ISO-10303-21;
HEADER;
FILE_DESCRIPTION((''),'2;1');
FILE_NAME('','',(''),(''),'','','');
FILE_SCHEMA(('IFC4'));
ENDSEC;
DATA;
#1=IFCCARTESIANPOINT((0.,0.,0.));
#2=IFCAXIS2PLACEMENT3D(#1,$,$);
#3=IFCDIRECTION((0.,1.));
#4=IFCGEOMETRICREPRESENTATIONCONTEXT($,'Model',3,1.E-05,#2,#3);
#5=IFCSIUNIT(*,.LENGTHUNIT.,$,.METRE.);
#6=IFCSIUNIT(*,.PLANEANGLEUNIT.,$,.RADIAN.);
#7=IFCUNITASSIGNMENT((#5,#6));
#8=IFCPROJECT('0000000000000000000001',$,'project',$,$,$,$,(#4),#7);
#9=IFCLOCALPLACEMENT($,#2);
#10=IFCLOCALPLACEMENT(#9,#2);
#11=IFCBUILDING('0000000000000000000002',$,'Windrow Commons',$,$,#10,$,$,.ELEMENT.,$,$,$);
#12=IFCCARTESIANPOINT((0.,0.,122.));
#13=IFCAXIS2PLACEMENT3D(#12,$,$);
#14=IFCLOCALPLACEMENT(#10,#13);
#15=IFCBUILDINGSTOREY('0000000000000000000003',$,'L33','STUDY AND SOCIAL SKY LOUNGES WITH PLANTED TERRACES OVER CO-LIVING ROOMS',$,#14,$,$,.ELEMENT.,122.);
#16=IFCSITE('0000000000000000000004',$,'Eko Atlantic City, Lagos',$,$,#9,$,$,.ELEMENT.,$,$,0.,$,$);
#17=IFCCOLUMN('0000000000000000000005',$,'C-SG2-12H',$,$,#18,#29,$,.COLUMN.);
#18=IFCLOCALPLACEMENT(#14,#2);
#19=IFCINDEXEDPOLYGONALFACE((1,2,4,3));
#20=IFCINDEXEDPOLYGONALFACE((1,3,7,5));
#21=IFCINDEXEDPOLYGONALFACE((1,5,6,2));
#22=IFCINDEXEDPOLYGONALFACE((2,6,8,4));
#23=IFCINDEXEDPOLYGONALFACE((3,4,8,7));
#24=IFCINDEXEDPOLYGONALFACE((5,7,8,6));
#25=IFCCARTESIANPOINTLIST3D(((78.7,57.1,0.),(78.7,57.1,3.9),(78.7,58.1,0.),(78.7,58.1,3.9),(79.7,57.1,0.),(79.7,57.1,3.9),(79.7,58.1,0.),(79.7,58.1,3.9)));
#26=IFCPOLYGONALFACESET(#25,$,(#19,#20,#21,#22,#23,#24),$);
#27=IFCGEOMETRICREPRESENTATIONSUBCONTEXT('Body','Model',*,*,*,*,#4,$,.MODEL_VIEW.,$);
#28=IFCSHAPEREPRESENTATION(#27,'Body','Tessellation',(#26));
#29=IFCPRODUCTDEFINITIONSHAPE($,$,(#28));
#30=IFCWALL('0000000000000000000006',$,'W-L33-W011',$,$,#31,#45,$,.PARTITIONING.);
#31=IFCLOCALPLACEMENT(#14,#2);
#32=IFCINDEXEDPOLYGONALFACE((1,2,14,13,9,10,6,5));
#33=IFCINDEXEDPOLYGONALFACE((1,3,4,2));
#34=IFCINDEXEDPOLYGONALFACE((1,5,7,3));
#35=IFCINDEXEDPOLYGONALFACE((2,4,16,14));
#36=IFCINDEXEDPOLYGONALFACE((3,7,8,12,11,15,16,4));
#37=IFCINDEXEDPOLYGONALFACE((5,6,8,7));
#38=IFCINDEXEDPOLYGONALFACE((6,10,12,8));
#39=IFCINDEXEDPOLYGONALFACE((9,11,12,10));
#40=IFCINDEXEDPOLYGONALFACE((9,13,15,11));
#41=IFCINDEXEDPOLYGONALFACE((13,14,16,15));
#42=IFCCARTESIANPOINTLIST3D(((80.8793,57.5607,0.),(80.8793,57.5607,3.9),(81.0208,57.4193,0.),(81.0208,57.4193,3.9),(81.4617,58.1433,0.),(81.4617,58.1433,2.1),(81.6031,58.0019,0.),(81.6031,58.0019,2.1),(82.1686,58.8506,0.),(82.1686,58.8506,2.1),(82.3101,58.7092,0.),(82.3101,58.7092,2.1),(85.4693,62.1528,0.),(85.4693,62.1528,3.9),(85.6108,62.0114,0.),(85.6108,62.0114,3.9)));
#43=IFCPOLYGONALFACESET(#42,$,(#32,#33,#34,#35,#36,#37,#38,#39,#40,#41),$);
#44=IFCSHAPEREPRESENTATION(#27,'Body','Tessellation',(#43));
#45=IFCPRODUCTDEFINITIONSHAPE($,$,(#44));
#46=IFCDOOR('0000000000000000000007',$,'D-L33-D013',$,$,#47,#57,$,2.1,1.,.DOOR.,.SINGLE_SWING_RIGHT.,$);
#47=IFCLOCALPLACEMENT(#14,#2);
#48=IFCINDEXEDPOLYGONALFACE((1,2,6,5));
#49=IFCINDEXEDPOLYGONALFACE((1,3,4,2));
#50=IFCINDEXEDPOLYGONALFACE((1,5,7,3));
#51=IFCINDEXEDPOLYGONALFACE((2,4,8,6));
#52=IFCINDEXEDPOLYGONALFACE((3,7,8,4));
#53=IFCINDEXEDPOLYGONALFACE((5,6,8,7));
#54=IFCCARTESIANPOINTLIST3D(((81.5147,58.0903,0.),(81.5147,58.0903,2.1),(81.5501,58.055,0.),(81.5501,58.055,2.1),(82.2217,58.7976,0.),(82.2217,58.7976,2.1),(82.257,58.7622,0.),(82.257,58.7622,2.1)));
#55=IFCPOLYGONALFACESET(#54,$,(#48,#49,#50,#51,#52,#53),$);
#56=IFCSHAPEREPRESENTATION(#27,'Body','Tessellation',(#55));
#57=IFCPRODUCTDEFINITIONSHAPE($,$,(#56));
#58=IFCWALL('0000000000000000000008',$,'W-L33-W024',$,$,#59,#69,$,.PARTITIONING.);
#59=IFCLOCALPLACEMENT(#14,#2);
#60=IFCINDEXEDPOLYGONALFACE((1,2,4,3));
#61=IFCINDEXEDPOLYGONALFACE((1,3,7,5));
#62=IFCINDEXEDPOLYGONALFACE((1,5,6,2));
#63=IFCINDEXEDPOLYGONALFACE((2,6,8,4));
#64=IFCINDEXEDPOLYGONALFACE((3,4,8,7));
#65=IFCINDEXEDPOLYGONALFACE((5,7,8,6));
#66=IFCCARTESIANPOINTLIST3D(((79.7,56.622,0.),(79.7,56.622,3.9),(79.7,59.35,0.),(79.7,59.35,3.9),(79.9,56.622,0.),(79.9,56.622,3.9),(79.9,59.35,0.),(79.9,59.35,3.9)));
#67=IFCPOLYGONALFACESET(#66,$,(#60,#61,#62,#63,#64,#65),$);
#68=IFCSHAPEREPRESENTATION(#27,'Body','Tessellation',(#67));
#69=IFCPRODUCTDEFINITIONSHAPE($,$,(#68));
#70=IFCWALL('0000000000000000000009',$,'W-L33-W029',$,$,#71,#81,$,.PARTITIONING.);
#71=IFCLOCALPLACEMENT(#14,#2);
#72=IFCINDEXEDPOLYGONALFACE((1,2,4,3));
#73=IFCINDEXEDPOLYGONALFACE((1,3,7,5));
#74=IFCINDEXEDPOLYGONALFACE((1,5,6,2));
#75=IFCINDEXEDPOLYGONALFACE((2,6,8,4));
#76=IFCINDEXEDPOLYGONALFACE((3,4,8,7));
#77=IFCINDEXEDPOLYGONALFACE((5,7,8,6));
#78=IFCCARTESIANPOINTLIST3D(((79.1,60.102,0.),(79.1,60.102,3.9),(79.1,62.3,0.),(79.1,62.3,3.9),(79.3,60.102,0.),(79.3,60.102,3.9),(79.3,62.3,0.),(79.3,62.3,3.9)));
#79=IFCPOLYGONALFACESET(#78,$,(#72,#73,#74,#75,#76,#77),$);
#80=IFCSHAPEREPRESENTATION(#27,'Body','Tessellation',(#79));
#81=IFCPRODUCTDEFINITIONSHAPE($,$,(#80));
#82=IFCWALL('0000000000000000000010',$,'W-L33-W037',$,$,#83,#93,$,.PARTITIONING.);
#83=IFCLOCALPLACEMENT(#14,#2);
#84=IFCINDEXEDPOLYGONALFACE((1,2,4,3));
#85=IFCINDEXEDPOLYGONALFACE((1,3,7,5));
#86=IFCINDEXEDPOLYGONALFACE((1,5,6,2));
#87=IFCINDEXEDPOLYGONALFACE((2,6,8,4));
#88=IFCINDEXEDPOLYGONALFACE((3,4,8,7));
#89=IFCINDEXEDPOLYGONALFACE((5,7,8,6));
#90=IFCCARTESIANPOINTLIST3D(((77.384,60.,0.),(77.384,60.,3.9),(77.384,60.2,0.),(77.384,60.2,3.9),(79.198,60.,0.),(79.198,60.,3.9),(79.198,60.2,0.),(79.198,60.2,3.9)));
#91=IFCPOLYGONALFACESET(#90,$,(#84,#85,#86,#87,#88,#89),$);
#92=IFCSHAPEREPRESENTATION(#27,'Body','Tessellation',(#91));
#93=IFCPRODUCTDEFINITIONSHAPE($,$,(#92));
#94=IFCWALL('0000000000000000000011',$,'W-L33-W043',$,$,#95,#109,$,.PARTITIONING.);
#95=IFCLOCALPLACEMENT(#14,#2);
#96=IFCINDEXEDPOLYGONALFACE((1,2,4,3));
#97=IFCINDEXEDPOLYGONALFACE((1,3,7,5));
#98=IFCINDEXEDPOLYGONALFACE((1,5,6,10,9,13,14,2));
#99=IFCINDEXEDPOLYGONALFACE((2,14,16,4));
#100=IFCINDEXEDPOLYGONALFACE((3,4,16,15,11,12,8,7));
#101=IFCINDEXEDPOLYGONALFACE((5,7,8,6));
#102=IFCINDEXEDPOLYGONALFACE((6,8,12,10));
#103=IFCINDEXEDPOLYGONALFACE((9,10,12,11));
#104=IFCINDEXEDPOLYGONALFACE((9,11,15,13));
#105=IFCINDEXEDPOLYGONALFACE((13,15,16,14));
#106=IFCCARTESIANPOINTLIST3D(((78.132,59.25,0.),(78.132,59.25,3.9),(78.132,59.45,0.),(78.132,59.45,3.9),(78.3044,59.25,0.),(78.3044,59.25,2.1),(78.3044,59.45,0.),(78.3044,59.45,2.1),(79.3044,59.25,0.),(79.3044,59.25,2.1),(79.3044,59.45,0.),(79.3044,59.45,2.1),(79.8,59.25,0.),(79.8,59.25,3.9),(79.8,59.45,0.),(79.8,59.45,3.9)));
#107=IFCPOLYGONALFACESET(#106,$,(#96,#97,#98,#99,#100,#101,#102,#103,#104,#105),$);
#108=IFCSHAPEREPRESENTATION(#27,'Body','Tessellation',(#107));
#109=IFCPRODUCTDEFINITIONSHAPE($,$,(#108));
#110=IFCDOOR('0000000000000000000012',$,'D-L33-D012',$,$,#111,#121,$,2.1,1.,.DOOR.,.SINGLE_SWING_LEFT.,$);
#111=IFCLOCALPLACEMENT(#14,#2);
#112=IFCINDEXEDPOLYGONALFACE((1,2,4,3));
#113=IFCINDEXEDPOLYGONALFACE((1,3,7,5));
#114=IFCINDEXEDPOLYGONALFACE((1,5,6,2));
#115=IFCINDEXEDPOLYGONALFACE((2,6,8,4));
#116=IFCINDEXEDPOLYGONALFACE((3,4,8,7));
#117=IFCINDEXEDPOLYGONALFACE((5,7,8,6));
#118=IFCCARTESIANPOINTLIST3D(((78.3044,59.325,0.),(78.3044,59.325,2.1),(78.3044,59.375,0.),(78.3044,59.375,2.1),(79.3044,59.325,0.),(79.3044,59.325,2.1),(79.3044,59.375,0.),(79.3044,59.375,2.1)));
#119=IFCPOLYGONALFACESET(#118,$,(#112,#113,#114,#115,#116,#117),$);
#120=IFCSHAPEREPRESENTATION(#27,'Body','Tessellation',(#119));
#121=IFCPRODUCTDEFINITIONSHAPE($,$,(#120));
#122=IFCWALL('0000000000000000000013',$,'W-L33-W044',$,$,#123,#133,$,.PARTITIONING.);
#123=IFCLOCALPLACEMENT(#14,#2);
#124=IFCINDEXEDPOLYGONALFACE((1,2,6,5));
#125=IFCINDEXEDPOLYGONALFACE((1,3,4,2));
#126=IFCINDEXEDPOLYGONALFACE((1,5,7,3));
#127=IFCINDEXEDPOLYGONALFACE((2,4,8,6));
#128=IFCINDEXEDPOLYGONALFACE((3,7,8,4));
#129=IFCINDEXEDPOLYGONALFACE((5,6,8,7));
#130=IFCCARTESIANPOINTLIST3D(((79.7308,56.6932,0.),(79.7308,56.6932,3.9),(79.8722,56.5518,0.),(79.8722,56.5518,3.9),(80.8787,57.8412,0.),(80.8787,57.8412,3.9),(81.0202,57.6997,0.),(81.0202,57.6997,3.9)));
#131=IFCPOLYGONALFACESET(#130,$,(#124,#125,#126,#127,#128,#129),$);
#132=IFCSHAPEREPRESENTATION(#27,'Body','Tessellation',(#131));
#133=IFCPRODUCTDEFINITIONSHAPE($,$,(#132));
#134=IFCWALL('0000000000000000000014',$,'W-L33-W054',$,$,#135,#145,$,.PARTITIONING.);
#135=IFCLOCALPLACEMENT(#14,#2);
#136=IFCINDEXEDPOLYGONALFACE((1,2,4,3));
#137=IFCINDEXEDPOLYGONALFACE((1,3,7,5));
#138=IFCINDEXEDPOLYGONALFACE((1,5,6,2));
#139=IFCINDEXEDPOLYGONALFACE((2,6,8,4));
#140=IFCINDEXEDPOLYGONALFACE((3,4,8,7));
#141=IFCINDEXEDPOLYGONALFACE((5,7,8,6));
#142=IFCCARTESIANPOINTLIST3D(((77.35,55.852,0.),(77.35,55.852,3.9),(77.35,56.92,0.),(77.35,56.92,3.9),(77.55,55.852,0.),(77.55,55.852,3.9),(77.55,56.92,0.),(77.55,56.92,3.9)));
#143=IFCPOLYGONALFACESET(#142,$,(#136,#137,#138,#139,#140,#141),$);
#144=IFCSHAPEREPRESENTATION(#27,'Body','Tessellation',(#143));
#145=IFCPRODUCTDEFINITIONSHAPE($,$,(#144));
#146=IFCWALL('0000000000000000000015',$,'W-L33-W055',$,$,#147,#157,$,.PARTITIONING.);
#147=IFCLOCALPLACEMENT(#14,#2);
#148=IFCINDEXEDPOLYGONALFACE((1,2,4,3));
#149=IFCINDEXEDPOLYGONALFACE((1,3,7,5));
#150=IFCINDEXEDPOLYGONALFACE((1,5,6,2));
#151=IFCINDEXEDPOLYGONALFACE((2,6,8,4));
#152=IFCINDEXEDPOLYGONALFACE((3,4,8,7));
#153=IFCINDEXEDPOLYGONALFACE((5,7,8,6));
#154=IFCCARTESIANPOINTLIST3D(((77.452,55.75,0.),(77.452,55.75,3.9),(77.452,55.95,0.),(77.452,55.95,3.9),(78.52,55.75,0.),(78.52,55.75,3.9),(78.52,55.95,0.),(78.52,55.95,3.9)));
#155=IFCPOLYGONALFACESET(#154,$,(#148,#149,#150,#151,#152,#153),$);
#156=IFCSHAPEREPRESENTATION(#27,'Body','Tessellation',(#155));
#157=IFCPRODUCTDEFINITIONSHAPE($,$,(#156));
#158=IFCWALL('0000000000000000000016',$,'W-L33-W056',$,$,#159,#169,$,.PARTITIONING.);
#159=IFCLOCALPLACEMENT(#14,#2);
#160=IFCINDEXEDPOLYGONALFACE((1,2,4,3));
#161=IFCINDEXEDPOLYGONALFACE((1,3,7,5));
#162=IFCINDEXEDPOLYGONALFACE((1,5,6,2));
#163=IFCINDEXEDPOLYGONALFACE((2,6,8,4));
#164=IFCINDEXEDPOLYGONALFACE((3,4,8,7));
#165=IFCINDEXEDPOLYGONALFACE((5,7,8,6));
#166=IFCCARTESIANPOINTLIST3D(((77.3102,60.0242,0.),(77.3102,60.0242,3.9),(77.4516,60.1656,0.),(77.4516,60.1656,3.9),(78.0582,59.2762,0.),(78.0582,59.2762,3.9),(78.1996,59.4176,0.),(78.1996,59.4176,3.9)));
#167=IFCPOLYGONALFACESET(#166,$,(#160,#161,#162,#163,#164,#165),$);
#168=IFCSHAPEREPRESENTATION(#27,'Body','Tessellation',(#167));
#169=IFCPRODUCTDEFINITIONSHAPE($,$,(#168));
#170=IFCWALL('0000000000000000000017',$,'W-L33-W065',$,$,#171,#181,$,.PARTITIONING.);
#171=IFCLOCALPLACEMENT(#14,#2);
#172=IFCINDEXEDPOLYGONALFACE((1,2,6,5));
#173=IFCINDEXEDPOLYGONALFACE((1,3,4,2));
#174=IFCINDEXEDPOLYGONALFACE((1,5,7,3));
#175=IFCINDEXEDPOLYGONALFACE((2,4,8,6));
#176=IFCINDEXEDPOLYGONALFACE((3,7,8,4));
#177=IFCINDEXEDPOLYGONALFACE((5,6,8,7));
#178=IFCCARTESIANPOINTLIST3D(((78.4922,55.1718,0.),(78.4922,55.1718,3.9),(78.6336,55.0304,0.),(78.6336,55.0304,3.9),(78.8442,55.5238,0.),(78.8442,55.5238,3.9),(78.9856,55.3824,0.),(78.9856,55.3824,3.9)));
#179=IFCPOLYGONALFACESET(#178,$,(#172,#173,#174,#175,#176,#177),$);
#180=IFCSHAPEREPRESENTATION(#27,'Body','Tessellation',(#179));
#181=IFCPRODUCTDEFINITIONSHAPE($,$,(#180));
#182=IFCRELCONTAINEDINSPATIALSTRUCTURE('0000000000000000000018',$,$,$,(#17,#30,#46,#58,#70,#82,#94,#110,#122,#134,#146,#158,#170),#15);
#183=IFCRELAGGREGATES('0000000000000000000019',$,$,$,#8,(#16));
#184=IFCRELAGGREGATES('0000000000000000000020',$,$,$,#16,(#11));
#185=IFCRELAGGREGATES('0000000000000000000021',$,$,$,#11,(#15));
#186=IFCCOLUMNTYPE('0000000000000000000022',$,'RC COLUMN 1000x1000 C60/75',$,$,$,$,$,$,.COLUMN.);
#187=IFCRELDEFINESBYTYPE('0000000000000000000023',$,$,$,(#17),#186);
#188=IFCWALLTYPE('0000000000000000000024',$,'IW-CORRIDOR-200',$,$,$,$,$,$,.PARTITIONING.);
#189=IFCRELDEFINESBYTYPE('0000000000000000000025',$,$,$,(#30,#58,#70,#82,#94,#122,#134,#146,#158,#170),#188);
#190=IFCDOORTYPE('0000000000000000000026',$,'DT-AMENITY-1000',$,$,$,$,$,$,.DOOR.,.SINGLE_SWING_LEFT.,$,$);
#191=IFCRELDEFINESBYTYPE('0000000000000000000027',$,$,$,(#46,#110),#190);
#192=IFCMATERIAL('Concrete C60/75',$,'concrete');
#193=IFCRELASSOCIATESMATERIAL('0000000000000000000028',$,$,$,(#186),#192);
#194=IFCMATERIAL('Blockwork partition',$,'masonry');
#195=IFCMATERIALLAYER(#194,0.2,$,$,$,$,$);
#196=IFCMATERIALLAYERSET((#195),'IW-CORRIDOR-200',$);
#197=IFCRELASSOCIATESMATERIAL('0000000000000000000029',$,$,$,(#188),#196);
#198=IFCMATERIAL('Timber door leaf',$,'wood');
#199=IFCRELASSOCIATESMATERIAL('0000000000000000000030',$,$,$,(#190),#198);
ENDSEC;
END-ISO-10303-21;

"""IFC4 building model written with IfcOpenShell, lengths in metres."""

from ifc_helpers import new_model, si_unit, direction, frame, frame_2d, origin, origin_2d, place, context, subcontext, project, spatial, rectangle, extrude, material, layer, layer_set, material_profile, profile_set, type_object, element, fill, save


model = new_model("IFC4")

# Units and contexts
model_context = context("Model", 3, precision=1e-05, world=origin(), true_north=direction((0.0, 1.0)))
body_context = subcontext(model_context, "Body", "Model", "MODEL_VIEW")
ifc_project = project(units=[si_unit("LENGTHUNIT", "METRE"), si_unit("PLANEANGLEUNIT", "RADIAN")], contexts=[model_context])

# Site, building, storey
site_placement = place(None, origin())
site = spatial("IfcSite", under=ifc_project, at=site_placement, Name="Eko Atlantic City, Lagos", CompositionType="ELEMENT", RefElevation=0.0)
building_placement = place(site_placement, origin())
building = spatial("IfcBuilding", under=site, at=building_placement, Name="Windrow Commons", CompositionType="ELEMENT")
storey_placement = place(building_placement, frame((0.0, 0.0, 122.0)))
storey = spatial("IfcBuildingStorey", under=building, at=storey_placement, Name="L33", Description="STUDY AND SOCIAL SKY LOUNGES WITH PLANTED TERRACES OVER CO-LIVING ROOMS", CompositionType="ELEMENT", Elevation=122.0)

# Column
ifc_material_1 = material(Name="Concrete C60/75", Category="concrete")
ifc_material_profile = material_profile(ifc_material_1, rectangle(XDim=1.0, YDim=1.0, at=origin_2d()))
ifc_profile_set = profile_set([ifc_material_profile], Name="Concrete C60/75")
column_type = type_object("IfcColumnType", Name="RC COLUMN 1000x1000 C60/75", PredefinedType="COLUMN", material=ifc_profile_set)
column_placement = place(storey_placement, frame((79.2, 57.6, 0.0), z_axis=(0.0, 0.0, 1.0), x_axis=(1.0, 0.0, 0.0)))
element("IfcColumn", 1, at=column_placement, inside=storey, type_object=column_type, Name="C-SG2-12H", PredefinedType="COLUMN", context=body_context, shape_type="SweptSolid", body=[
    extrude(rectangle(XDim=1.0, YDim=1.0, at=origin_2d()), origin(), (0.0, 0.0, 1.0), 3.9),
])

# Wall, opening, door
ifc_material_2 = material(Name="Blockwork partition", Category="masonry")
ifc_layer_1 = layer(ifc_material_2, 0.2)
ifc_layer_set_1 = layer_set([ifc_layer_1], Name="IW-CORRIDOR-200")
wall_type_1 = type_object("IfcWallType", Name="IW-CORRIDOR-200", PredefinedType="PARTITIONING", material=ifc_layer_set_1)
wall_1_placement = place(storey_placement, frame((80.95, 57.49, 0.0), z_axis=(0.0, 0.0, 1.0), x_axis=(0.706953, 0.707261, 0.0)))
wall_1 = element("IfcWall", 2, at=wall_1_placement, inside=storey, type_object=wall_type_1, Name="W-L33-W011", PredefinedType="PARTITIONING", context=body_context, shape_type="SweptSolid", body=[
    extrude(rectangle(XDim=6.4927, YDim=0.2, at=frame_2d((3.2464, 0.0))), origin(), (0.0, 0.0, 1.0), 3.9),
])
opening_1_placement = place(wall_1_placement, frame((0.8238, 0.0, 0.0)))
opening_1 = element("IfcOpeningElement", 3, at=opening_1_placement, cuts=wall_1, PredefinedType="OPENING", context=body_context, shape_type="SweptSolid", body=[
    extrude(rectangle(XDim=1.0, YDim=2.1, at=frame_2d((0.5, 1.05))), frame((0.0, 0.11, 0.0), z_axis=(0.0, -1.0, 0.0), x_axis=(1.0, 0.0, 0.0)), (0.0, 0.0, 1.0), 0.22),
])
ifc_material_3 = material(Name="Timber door leaf", Category="wood")
door_type_1 = type_object("IfcDoorType", Name="DT-AMENITY-1000", OperationType="SINGLE_SWING_LEFT", PredefinedType="DOOR", material=ifc_material_3)
door_1_placement = place(opening_1_placement, origin())
door_1 = element("IfcDoor", 4, at=door_1_placement, inside=storey, type_object=door_type_1, Name="D-L33-D013", OperationType="SINGLE_SWING_RIGHT", OverallHeight=2.1, OverallWidth=1.0, PredefinedType="DOOR", context=body_context, shape_type="SweptSolid", body=[
    extrude(rectangle(XDim=1.0, YDim=2.1, at=frame_2d((0.5, 1.05))), frame((0.0, 0.025, 0.0), z_axis=(0.0, -1.0, 0.0), x_axis=(1.0, 0.0, 0.0)), (0.0, 0.0, 1.0), 0.05),
])
fill(opening_1, door_1)

# Walls
wall_2_placement = place(storey_placement, frame((79.8, 56.622, 0.0), z_axis=(0.0, 0.0, 1.0), x_axis=(0.0, 1.0, 0.0)))
element("IfcWall", 5, at=wall_2_placement, inside=storey, type_object=wall_type_1, Name="W-L33-W024", PredefinedType="PARTITIONING", context=body_context, shape_type="SweptSolid", body=[
    extrude(rectangle(XDim=2.728, YDim=0.2, at=frame_2d((1.364, 0.0))), origin(), (0.0, 0.0, 1.0), 3.9),
])
wall_3_placement = place(storey_placement, frame((79.2, 60.102, 0.0), z_axis=(0.0, 0.0, 1.0), x_axis=(0.0, 1.0, 0.0)))
element("IfcWall", 6, at=wall_3_placement, inside=storey, type_object=wall_type_1, Name="W-L33-W029", PredefinedType="PARTITIONING", context=body_context, shape_type="SweptSolid", body=[
    extrude(rectangle(XDim=2.198, YDim=0.2, at=frame_2d((1.099, 0.0))), origin(), (0.0, 0.0, 1.0), 3.9),
])
wall_4_placement = place(storey_placement, frame((77.384, 60.1, 0.0), z_axis=(0.0, 0.0, 1.0), x_axis=(1.0, 0.0, 0.0)))
element("IfcWall", 7, at=wall_4_placement, inside=storey, type_object=wall_type_1, Name="W-L33-W037", PredefinedType="PARTITIONING", context=body_context, shape_type="SweptSolid", body=[
    extrude(rectangle(XDim=1.814, YDim=0.2, at=frame_2d((0.907, 0.0))), origin(), (0.0, 0.0, 1.0), 3.9),
])

# Wall, opening, door
wall_5_placement = place(storey_placement, frame((78.132, 59.35, 0.0), z_axis=(0.0, 0.0, 1.0), x_axis=(1.0, 0.0, 0.0)))
wall_5 = element("IfcWall", 8, at=wall_5_placement, inside=storey, type_object=wall_type_1, Name="W-L33-W043", PredefinedType="PARTITIONING", context=body_context, shape_type="SweptSolid", body=[
    extrude(rectangle(XDim=1.668, YDim=0.2, at=frame_2d((0.834, 0.0))), origin(), (0.0, 0.0, 1.0), 3.9),
])
opening_2_placement = place(wall_5_placement, frame((0.1724, 0.0, 0.0)))
opening_2 = element("IfcOpeningElement", 9, at=opening_2_placement, cuts=wall_5, PredefinedType="OPENING", context=body_context, shape_type="SweptSolid", body=[
    extrude(rectangle(XDim=1.0, YDim=2.1, at=frame_2d((0.5, 1.05))), frame((0.0, 0.11, 0.0), z_axis=(0.0, -1.0, 0.0), x_axis=(1.0, 0.0, 0.0)), (0.0, 0.0, 1.0), 0.22),
])
door_2_placement = place(opening_2_placement, origin())
door_2 = element("IfcDoor", 10, at=door_2_placement, inside=storey, type_object=door_type_1, Name="D-L33-D012", OperationType="SINGLE_SWING_LEFT", OverallHeight=2.1, OverallWidth=1.0, PredefinedType="DOOR", context=body_context, shape_type="SweptSolid", body=[
    extrude(rectangle(XDim=1.0, YDim=2.1, at=frame_2d((0.5, 1.05))), frame((0.0, 0.025, 0.0), z_axis=(0.0, -1.0, 0.0), x_axis=(1.0, 0.0, 0.0)), (0.0, 0.0, 1.0), 0.05),
])
fill(opening_2, door_2)

# Walls
wall_6_placement = place(storey_placement, frame((79.8015, 56.6225, 0.0), z_axis=(0.0, 0.0, 1.0), x_axis=(0.707107, 0.707107, 0.0)))
element("IfcWall", 11, at=wall_6_placement, inside=storey, type_object=wall_type_1, Name="W-L33-W044", PredefinedType="PARTITIONING", context=body_context, shape_type="SweptSolid", body=[
    extrude(rectangle(XDim=1.6235, YDim=0.2, at=frame_2d((0.8117, 0.0))), origin(), (0.0, 0.0, 1.0), 3.9),
])
for number, where, z_axis, x_axis, name in (
    (12, (77.45, 55.852, 0.0), (0.0, 0.0, 1.0), (0.0, 1.0, 0.0), "W-L33-W054"),
    (13, (77.452, 55.85, 0.0), (0.0, 0.0, 1.0), (1.0, 0.0, 0.0), "W-L33-W055"),
):
    element("IfcWall", number, at=place(storey_placement, frame(where, z_axis=z_axis, x_axis=x_axis)), inside=storey, type_object=wall_type_1, Name=name, PredefinedType="PARTITIONING", context=body_context, shape_type="SweptSolid", body=[
        extrude(rectangle(XDim=1.068, YDim=0.2, at=frame_2d((0.534, 0.0))), origin(), (0.0, 0.0, 1.0), 3.9),
    ])
wall_7_placement = place(storey_placement, frame((77.3809, 60.0949, 0.0), z_axis=(0.0, 0.0, 1.0), x_axis=(0.707107, -0.707107, 0.0)))
element("IfcWall", 14, at=wall_7_placement, inside=storey, type_object=wall_type_1, Name="W-L33-W056", PredefinedType="PARTITIONING", context=body_context, shape_type="SweptSolid", body=[
    extrude(rectangle(XDim=1.0578, YDim=0.2, at=frame_2d((0.5289, 0.0))), origin(), (0.0, 0.0, 1.0), 3.9),
])
wall_8_placement = place(storey_placement, frame((78.5629, 55.1011, 0.0), z_axis=(0.0, 0.0, 1.0), x_axis=(0.707107, 0.707107, 0.0)))
element("IfcWall", 15, at=wall_8_placement, inside=storey, type_object=wall_type_1, Name="W-L33-W065", PredefinedType="PARTITIONING", context=body_context, shape_type="SweptSolid", body=[
    extrude(rectangle(XDim=0.4978, YDim=0.2, at=frame_2d((0.2489, 0.0))), origin(), (0.0, 0.0, 1.0), 3.9),
])

save(model, "model.ifc")
